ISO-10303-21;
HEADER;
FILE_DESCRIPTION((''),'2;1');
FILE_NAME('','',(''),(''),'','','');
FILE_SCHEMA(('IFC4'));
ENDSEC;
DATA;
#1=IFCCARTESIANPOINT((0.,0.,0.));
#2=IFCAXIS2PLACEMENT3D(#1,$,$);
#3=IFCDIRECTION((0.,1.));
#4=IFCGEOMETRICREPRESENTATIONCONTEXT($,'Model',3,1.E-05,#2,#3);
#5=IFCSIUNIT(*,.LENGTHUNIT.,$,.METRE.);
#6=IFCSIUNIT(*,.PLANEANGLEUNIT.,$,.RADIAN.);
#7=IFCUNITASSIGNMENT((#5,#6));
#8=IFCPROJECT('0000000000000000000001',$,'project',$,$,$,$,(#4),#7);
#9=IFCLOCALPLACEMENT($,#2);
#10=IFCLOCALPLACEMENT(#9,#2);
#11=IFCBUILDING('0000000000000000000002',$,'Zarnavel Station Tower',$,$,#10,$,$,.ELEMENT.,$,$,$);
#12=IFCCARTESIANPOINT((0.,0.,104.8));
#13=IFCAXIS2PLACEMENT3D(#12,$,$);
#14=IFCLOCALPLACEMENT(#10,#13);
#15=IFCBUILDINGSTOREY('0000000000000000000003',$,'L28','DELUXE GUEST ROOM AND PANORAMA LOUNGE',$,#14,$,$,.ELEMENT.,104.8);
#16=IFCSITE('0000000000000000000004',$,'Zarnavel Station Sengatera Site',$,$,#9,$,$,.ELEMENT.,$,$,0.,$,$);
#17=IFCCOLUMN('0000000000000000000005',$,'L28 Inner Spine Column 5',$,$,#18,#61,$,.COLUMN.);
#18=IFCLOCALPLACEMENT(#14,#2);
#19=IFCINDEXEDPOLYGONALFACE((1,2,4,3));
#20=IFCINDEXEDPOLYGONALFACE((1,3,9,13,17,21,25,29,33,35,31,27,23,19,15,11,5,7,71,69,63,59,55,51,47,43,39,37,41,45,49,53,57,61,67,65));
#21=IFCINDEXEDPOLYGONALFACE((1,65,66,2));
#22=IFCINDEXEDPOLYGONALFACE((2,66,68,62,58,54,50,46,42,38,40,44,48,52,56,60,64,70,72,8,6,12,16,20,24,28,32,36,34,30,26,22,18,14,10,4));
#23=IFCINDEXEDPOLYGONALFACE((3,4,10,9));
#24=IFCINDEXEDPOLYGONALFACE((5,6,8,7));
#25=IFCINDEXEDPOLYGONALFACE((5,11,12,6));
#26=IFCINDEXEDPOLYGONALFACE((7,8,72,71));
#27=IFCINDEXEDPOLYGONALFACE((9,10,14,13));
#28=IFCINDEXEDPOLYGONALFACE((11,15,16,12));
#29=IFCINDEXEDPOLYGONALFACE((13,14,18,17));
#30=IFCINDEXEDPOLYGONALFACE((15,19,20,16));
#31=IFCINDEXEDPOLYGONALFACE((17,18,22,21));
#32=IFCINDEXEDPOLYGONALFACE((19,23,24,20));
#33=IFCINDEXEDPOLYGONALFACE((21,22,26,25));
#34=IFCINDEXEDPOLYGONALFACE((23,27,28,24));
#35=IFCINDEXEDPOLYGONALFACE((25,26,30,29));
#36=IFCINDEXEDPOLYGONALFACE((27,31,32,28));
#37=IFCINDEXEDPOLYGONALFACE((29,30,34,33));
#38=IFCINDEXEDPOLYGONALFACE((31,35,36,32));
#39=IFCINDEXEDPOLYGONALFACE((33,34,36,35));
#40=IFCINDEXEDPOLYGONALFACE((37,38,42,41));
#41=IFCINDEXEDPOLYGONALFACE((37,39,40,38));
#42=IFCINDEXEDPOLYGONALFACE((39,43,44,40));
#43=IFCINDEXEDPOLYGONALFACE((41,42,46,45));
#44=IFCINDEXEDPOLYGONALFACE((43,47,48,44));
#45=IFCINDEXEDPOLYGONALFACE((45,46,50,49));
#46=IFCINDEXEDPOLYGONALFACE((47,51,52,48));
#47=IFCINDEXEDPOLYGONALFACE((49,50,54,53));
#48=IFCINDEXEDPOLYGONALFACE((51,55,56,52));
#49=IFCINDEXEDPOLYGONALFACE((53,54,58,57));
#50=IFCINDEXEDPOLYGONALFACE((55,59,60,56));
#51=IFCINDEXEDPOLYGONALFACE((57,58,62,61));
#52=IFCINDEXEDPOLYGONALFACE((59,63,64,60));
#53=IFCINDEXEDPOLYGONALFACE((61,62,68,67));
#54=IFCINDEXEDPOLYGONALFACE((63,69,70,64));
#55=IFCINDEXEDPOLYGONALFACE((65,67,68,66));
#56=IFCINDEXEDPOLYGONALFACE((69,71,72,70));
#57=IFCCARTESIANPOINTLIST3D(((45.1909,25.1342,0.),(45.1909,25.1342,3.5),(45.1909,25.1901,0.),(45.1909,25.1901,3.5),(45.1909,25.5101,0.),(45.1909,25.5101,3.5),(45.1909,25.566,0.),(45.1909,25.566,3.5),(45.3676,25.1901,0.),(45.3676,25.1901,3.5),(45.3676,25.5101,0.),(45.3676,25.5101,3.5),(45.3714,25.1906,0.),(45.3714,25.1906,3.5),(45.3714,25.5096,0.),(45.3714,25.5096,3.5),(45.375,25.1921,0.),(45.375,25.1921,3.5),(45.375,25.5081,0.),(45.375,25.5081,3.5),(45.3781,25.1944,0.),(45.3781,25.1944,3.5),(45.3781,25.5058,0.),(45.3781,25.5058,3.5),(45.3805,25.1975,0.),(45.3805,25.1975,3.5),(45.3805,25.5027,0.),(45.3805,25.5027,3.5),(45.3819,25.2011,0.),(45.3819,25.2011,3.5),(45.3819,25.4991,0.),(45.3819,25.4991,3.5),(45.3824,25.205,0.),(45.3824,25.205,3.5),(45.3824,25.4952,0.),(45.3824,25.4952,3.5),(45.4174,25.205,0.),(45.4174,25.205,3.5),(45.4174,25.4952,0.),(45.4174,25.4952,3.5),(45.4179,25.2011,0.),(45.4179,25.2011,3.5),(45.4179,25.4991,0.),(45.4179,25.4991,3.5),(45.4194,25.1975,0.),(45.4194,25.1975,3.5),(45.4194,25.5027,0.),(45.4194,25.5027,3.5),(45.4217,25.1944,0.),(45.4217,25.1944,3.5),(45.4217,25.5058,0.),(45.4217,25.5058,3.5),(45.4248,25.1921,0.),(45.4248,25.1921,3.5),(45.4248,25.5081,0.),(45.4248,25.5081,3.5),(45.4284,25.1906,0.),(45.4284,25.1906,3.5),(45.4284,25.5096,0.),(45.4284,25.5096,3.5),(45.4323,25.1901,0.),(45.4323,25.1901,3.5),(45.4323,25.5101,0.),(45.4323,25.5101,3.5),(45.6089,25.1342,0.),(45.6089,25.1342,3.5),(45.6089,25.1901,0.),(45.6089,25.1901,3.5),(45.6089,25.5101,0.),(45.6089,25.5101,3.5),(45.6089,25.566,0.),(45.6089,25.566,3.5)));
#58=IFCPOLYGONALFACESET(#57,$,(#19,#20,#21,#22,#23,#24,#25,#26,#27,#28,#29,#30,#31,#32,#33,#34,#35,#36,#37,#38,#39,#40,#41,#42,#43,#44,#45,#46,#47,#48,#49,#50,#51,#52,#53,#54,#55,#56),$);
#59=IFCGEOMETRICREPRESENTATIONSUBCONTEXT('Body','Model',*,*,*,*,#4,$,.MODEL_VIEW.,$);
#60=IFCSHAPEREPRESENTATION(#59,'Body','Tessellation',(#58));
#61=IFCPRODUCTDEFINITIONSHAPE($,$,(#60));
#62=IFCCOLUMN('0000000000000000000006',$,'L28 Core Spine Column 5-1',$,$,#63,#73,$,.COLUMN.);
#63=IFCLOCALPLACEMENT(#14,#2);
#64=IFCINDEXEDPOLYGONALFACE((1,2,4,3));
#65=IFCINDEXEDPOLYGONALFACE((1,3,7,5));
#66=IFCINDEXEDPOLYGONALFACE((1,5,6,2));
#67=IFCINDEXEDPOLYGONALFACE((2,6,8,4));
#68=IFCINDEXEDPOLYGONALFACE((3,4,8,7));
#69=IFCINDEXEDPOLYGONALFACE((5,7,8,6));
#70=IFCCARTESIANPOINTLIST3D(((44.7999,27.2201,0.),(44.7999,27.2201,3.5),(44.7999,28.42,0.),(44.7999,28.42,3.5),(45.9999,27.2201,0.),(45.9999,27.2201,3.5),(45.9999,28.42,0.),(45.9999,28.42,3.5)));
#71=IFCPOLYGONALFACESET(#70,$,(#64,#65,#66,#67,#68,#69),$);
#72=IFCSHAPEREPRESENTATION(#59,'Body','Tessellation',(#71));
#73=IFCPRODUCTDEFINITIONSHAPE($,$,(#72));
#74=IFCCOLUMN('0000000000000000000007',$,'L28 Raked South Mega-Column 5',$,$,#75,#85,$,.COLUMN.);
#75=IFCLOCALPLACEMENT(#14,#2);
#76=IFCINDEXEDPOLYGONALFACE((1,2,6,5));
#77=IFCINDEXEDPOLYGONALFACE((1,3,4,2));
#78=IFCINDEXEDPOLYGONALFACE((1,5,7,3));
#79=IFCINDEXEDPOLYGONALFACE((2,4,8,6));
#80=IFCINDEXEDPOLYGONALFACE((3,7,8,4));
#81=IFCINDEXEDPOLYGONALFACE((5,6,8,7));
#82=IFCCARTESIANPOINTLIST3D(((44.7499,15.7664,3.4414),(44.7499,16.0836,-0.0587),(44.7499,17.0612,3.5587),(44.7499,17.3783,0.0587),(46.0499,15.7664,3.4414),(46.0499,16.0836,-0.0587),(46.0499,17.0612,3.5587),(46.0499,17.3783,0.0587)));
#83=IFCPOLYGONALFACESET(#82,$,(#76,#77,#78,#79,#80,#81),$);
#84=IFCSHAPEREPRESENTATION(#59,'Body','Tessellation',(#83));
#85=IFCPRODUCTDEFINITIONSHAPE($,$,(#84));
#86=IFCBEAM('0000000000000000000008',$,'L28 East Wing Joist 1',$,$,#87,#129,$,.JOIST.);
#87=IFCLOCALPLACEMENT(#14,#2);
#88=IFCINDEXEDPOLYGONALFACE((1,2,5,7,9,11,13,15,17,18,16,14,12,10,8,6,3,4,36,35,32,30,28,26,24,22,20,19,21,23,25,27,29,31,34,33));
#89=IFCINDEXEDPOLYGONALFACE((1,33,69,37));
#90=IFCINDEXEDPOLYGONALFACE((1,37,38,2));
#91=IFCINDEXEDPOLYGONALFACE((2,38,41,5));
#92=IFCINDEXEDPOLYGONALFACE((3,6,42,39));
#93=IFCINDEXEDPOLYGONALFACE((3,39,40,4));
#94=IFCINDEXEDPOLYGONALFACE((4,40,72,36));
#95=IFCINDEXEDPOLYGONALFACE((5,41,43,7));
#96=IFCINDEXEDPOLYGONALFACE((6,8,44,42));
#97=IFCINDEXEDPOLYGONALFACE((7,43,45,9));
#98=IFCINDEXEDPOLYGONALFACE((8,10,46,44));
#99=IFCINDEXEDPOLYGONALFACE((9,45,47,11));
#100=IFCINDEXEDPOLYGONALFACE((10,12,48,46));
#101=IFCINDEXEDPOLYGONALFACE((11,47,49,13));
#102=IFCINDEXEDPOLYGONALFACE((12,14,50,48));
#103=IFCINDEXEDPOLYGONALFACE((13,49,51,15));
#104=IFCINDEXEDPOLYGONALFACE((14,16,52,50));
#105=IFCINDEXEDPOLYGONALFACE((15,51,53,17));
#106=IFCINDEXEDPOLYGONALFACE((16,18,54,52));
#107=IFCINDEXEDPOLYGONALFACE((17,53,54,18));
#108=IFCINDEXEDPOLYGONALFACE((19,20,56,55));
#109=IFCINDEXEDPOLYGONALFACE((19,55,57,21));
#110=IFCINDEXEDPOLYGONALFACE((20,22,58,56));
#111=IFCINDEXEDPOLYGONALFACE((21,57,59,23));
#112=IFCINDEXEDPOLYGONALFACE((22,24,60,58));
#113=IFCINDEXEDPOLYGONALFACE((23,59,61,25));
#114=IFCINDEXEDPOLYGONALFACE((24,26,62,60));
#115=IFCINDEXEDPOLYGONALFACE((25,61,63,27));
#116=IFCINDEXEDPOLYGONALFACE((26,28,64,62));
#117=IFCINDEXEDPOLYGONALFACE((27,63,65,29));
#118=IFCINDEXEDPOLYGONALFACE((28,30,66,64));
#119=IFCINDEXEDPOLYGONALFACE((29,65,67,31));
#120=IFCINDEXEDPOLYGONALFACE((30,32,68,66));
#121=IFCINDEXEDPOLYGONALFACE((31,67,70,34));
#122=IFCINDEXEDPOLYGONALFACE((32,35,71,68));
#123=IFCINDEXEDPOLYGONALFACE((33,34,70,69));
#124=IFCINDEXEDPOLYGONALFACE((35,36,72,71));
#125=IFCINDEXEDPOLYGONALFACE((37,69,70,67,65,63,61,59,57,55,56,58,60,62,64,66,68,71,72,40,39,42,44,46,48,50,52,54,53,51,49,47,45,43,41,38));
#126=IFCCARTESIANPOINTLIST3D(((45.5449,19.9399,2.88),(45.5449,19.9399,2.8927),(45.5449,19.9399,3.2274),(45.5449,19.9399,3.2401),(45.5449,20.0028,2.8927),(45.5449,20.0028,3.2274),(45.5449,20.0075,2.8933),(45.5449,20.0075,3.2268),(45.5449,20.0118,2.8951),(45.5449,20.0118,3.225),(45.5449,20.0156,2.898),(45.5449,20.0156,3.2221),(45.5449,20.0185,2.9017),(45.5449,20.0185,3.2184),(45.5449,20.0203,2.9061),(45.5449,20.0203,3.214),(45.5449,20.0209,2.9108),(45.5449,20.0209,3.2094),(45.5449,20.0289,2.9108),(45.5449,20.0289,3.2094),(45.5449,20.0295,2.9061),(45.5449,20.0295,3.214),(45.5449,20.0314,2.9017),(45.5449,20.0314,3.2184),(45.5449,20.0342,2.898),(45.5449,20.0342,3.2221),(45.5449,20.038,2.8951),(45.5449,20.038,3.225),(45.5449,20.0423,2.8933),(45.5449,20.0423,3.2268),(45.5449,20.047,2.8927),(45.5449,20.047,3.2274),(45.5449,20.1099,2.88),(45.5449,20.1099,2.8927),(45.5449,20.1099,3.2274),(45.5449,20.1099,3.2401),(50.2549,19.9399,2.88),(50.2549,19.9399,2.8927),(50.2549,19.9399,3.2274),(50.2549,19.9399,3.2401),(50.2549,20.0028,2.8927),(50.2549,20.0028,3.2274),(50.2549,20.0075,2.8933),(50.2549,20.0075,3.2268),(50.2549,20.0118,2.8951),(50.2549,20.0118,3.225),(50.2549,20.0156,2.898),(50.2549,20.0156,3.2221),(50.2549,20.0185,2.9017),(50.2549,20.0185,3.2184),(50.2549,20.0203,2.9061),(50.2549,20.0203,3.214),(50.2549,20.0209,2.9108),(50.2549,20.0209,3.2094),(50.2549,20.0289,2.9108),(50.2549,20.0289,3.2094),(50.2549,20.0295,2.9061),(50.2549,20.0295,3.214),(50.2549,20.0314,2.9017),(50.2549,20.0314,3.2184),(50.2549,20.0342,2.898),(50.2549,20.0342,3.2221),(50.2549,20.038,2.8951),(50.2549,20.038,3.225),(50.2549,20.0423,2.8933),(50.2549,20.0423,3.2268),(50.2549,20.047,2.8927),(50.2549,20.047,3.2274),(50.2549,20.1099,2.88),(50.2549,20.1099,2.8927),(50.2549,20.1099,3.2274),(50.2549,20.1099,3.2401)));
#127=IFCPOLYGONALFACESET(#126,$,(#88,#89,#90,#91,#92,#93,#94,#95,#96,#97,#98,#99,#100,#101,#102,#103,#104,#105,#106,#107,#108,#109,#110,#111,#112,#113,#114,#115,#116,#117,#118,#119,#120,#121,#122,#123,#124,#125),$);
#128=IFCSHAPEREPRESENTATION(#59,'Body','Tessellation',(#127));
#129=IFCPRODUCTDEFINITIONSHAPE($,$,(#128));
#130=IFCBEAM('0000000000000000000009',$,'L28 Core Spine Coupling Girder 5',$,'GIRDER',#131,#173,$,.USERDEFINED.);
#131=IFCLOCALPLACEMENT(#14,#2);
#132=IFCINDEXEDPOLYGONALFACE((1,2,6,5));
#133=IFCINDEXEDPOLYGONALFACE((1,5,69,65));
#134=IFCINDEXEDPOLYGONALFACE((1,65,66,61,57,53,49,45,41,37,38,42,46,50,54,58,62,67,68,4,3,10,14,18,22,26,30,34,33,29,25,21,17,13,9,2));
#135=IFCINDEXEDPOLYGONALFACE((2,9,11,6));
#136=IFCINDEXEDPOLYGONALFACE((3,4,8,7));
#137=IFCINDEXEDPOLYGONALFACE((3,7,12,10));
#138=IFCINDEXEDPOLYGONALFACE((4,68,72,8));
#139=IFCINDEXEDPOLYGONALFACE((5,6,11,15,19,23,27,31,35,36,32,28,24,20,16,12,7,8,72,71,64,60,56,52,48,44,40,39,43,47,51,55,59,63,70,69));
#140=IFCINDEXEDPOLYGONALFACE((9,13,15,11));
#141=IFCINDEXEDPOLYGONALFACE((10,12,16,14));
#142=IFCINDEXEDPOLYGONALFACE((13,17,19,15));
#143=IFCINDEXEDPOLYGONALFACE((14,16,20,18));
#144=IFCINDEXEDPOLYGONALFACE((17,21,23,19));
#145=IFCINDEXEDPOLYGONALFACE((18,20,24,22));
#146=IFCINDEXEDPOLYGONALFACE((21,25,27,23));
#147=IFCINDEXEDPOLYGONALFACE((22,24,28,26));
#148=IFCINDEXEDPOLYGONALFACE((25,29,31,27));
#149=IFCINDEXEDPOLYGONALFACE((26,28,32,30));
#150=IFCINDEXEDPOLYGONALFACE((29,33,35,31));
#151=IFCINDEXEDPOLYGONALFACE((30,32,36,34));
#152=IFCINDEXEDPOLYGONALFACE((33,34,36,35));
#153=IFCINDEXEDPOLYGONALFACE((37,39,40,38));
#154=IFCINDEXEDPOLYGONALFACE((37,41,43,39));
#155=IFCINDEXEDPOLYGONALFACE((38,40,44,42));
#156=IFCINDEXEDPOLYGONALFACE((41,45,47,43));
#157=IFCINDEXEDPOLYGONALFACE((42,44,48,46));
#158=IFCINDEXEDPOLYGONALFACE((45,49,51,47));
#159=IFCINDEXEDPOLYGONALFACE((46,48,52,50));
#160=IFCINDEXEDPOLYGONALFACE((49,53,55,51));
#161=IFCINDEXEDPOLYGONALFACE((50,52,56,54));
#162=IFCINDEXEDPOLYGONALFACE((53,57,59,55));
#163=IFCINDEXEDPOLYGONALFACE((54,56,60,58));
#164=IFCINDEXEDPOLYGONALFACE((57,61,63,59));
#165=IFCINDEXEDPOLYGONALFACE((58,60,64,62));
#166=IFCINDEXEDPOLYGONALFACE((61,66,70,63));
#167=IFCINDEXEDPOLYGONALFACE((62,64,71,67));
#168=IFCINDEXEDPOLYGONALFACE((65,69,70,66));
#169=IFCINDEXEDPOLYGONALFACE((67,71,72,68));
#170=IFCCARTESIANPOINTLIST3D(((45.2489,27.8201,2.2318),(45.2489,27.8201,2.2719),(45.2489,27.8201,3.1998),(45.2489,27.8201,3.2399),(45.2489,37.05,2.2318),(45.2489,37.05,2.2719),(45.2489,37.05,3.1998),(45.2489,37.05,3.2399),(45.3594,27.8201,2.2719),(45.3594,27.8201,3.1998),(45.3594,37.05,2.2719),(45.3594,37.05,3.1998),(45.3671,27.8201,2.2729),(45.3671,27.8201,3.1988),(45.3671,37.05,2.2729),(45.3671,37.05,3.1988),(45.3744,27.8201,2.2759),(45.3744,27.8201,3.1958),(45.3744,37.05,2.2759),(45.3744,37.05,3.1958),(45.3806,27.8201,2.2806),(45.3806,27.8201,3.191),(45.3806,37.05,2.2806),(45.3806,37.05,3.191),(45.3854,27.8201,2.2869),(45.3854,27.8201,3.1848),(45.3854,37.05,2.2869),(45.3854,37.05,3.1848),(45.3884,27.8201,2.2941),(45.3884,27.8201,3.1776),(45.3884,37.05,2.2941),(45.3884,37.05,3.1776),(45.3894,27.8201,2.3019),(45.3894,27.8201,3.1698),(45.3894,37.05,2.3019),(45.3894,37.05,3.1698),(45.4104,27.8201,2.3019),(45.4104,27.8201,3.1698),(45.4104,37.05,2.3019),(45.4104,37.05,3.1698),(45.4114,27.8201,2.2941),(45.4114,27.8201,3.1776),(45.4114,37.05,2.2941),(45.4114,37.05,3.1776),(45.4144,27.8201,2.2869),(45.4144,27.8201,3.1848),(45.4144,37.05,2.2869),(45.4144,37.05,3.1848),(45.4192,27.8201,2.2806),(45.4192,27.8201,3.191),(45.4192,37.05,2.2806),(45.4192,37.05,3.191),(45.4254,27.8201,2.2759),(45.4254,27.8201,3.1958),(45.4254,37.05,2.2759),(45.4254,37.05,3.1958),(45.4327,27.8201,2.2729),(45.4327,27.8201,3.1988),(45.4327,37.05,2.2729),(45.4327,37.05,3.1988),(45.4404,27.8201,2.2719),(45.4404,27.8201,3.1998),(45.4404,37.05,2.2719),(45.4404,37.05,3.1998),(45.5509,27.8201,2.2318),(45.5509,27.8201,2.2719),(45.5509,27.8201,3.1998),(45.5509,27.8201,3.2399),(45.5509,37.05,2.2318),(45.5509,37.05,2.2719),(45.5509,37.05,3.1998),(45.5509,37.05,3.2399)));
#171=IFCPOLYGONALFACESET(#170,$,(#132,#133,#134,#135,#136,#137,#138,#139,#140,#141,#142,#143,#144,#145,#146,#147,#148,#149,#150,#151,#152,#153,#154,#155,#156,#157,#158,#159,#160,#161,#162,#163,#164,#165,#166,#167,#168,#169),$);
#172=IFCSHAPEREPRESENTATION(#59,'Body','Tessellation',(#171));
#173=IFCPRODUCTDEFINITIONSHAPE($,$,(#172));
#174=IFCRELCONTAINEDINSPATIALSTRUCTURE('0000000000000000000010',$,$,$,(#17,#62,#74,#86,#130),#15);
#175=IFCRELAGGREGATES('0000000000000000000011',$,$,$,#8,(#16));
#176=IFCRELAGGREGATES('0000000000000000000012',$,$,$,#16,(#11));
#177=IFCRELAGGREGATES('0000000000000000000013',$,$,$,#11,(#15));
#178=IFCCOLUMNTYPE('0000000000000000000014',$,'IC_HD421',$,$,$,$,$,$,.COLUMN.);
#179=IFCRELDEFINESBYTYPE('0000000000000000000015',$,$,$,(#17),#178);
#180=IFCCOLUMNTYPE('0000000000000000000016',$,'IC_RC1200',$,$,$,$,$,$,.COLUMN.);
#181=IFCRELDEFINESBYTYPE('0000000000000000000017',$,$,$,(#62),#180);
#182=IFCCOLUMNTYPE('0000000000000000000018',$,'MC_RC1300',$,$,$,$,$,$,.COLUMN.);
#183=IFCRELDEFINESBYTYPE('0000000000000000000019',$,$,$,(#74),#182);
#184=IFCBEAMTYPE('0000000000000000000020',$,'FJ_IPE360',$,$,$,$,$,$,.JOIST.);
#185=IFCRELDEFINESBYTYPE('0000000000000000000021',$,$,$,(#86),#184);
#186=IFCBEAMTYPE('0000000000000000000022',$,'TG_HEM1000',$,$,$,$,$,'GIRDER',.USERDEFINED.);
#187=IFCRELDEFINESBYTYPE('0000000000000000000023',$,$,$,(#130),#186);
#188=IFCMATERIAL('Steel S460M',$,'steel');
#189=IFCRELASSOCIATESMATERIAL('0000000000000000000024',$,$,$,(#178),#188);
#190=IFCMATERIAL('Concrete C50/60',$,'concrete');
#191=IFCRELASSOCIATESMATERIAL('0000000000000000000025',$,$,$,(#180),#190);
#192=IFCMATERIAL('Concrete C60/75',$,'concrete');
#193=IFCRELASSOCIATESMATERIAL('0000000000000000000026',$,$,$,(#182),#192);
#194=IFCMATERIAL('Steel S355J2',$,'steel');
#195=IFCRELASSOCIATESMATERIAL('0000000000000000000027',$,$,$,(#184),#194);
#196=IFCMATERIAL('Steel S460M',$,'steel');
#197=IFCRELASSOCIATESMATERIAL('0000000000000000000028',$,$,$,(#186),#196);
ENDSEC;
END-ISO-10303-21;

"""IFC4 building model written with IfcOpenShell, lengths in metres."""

from ifc_helpers import new_model, si_unit, direction, frame, origin, origin_2d, place, context, subcontext, project, spatial, rectangle, i_section, extrude, material, material_profile, profile_set, type_object, element, save


model = new_model("IFC4")

# Units and contexts
model_context = context("Model", 3, precision=1e-05, world=origin(), true_north=direction((0.0, 1.0)))
body_context = subcontext(model_context, "Body", "Model", "MODEL_VIEW")
ifc_project = project(units=[si_unit("LENGTHUNIT", "METRE"), si_unit("PLANEANGLEUNIT", "RADIAN")], contexts=[model_context])

# Site, building, storey
site_placement = place(None, origin())
site = spatial("IfcSite", under=ifc_project, at=site_placement, Name="Zarnavel Station Sengatera Site", CompositionType="ELEMENT", RefElevation=0.0)
building_placement = place(site_placement, origin())
building = spatial("IfcBuilding", under=site, at=building_placement, Name="Zarnavel Station Tower", CompositionType="ELEMENT")
storey_placement = place(building_placement, frame((0.0, 0.0, 104.8)))
storey = spatial("IfcBuildingStorey", under=building, at=storey_placement, Name="L28", Description="DELUXE GUEST ROOM AND PANORAMA LOUNGE", CompositionType="ELEMENT", Elevation=104.8)

# Columns
ifc_material_1 = material(Name="Steel S460M", Category="steel")
ifc_material_profile_1 = material_profile(ifc_material_1, i_section(OverallWidth=0.418, OverallDepth=0.4319, WebThickness=0.0349, FlangeThickness=0.0559, FilletRadius=0.0149, at=origin_2d()), Name="HD400x421")
ifc_profile_set_1 = profile_set([ifc_material_profile_1], Name="Steel S460M")
column_type_1 = type_object("IfcColumnType", Name="IC_HD421", PredefinedType="COLUMN", material=ifc_profile_set_1)
column_1_placement = place(storey_placement, frame((45.3999, 25.3501, 0.0), z_axis=(0.0, 0.0, 1.0), x_axis=(1.0, 0.0, 0.0)))
element("IfcColumn", 1, at=column_1_placement, inside=storey, type_object=column_type_1, Name="L28 Inner Spine Column 5", PredefinedType="COLUMN", context=body_context, shape_type="SweptSolid", body=[
    extrude(i_section(OverallWidth=0.418, OverallDepth=0.4319, WebThickness=0.0349, FlangeThickness=0.0559, FilletRadius=0.0149, at=origin_2d()), origin(), (0.0, 0.0, 1.0), 3.5),
])
ifc_material_2 = material(Name="Concrete C50/60", Category="concrete")
ifc_material_profile_2 = material_profile(ifc_material_2, rectangle(XDim=1.2, YDim=1.2, at=origin_2d()), Name="RC1200x1200")
ifc_profile_set_2 = profile_set([ifc_material_profile_2], Name="Concrete C50/60")
column_type_2 = type_object("IfcColumnType", Name="IC_RC1200", PredefinedType="COLUMN", material=ifc_profile_set_2)
column_2_placement = place(storey_placement, frame((45.3999, 27.8201, 0.0), z_axis=(0.0, 0.0, 1.0), x_axis=(1.0, 0.0, 0.0)))
element("IfcColumn", 2, at=column_2_placement, inside=storey, type_object=column_type_2, Name="L28 Core Spine Column 5-1", PredefinedType="COLUMN", context=body_context, shape_type="SweptSolid", body=[
    extrude(rectangle(XDim=1.2, YDim=1.2, at=origin_2d()), origin(), (0.0, 0.0, 1.0), 3.5),
])
ifc_material_3 = material(Name="Concrete C60/75", Category="concrete")
ifc_material_profile_3 = material_profile(ifc_material_3, rectangle(XDim=1.3, YDim=1.3, at=origin_2d()), Name="RC1300x1300")
ifc_profile_set_3 = profile_set([ifc_material_profile_3], Name="Concrete C60/75")
column_type_3 = type_object("IfcColumnType", Name="MC_RC1300", PredefinedType="COLUMN", material=ifc_profile_set_3)
column_3_placement = place(storey_placement, frame((45.3999, 16.731, 0.0), z_axis=(0.0, -0.090241, 0.99592), x_axis=(1.0, 0.0, 0.0)))
element("IfcColumn", 3, at=column_3_placement, inside=storey, type_object=column_type_3, Name="L28 Raked South Mega-Column 5", PredefinedType="COLUMN", context=body_context, shape_type="SweptSolid", body=[
    extrude(rectangle(XDim=1.3, YDim=1.3, at=origin_2d()), origin(), (0.0, 0.0, 1.0), 3.5144),
])

# Beams
ifc_material_4 = material(Name="Steel S355J2", Category="steel")
ifc_material_profile_4 = material_profile(ifc_material_4, i_section(OverallWidth=0.1699, OverallDepth=0.3601, WebThickness=0.0081, FlangeThickness=0.0127, FilletRadius=0.0181, at=origin_2d()), Name="IPE360")
ifc_profile_set_4 = profile_set([ifc_material_profile_4], Name="Steel S355J2")
beam_type_1 = type_object("IfcBeamType", Name="FJ_IPE360", PredefinedType="JOIST", material=ifc_profile_set_4)
beam_1_placement = place(storey_placement, frame((45.5449, 20.0249, 3.0601), z_axis=(1.0, 0.0, 0.0), x_axis=(0.0, 1.0, 0.0)))
element("IfcBeam", 4, at=beam_1_placement, inside=storey, type_object=beam_type_1, Name="L28 East Wing Joist 1", PredefinedType="JOIST", context=body_context, shape_type="SweptSolid", body=[
    extrude(i_section(OverallWidth=0.1699, OverallDepth=0.3601, WebThickness=0.0081, FlangeThickness=0.0127, FilletRadius=0.0181, at=origin_2d()), origin(), (0.0, 0.0, 1.0), 4.71),
])
ifc_material_5 = material(Name="Steel S460M", Category="steel")
ifc_material_profile_5 = material_profile(ifc_material_5, i_section(OverallWidth=0.302, OverallDepth=1.0081, WebThickness=0.021, FlangeThickness=0.04, FilletRadius=0.03, at=origin_2d()), Name="HEM1000")
ifc_profile_set_5 = profile_set([ifc_material_profile_5], Name="Steel S460M")
beam_type_2 = type_object("IfcBeamType", Name="TG_HEM1000", ElementType="GIRDER", PredefinedType="USERDEFINED", material=ifc_profile_set_5)
beam_2_placement = place(storey_placement, frame((45.3999, 27.8201, 2.7358), z_axis=(0.0, 1.0, 0.0), x_axis=(-1.0, 0.0, 0.0)))
element("IfcBeam", 5, at=beam_2_placement, inside=storey, type_object=beam_type_2, Name="L28 Core Spine Coupling Girder 5", ObjectType="GIRDER", PredefinedType="USERDEFINED", context=body_context, shape_type="SweptSolid", body=[
    extrude(i_section(OverallWidth=0.302, OverallDepth=1.0081, WebThickness=0.021, FlangeThickness=0.04, FilletRadius=0.03, at=origin_2d()), origin(), (0.0, 0.0, 1.0), 9.23),
])

save(model, "model.ifc")
